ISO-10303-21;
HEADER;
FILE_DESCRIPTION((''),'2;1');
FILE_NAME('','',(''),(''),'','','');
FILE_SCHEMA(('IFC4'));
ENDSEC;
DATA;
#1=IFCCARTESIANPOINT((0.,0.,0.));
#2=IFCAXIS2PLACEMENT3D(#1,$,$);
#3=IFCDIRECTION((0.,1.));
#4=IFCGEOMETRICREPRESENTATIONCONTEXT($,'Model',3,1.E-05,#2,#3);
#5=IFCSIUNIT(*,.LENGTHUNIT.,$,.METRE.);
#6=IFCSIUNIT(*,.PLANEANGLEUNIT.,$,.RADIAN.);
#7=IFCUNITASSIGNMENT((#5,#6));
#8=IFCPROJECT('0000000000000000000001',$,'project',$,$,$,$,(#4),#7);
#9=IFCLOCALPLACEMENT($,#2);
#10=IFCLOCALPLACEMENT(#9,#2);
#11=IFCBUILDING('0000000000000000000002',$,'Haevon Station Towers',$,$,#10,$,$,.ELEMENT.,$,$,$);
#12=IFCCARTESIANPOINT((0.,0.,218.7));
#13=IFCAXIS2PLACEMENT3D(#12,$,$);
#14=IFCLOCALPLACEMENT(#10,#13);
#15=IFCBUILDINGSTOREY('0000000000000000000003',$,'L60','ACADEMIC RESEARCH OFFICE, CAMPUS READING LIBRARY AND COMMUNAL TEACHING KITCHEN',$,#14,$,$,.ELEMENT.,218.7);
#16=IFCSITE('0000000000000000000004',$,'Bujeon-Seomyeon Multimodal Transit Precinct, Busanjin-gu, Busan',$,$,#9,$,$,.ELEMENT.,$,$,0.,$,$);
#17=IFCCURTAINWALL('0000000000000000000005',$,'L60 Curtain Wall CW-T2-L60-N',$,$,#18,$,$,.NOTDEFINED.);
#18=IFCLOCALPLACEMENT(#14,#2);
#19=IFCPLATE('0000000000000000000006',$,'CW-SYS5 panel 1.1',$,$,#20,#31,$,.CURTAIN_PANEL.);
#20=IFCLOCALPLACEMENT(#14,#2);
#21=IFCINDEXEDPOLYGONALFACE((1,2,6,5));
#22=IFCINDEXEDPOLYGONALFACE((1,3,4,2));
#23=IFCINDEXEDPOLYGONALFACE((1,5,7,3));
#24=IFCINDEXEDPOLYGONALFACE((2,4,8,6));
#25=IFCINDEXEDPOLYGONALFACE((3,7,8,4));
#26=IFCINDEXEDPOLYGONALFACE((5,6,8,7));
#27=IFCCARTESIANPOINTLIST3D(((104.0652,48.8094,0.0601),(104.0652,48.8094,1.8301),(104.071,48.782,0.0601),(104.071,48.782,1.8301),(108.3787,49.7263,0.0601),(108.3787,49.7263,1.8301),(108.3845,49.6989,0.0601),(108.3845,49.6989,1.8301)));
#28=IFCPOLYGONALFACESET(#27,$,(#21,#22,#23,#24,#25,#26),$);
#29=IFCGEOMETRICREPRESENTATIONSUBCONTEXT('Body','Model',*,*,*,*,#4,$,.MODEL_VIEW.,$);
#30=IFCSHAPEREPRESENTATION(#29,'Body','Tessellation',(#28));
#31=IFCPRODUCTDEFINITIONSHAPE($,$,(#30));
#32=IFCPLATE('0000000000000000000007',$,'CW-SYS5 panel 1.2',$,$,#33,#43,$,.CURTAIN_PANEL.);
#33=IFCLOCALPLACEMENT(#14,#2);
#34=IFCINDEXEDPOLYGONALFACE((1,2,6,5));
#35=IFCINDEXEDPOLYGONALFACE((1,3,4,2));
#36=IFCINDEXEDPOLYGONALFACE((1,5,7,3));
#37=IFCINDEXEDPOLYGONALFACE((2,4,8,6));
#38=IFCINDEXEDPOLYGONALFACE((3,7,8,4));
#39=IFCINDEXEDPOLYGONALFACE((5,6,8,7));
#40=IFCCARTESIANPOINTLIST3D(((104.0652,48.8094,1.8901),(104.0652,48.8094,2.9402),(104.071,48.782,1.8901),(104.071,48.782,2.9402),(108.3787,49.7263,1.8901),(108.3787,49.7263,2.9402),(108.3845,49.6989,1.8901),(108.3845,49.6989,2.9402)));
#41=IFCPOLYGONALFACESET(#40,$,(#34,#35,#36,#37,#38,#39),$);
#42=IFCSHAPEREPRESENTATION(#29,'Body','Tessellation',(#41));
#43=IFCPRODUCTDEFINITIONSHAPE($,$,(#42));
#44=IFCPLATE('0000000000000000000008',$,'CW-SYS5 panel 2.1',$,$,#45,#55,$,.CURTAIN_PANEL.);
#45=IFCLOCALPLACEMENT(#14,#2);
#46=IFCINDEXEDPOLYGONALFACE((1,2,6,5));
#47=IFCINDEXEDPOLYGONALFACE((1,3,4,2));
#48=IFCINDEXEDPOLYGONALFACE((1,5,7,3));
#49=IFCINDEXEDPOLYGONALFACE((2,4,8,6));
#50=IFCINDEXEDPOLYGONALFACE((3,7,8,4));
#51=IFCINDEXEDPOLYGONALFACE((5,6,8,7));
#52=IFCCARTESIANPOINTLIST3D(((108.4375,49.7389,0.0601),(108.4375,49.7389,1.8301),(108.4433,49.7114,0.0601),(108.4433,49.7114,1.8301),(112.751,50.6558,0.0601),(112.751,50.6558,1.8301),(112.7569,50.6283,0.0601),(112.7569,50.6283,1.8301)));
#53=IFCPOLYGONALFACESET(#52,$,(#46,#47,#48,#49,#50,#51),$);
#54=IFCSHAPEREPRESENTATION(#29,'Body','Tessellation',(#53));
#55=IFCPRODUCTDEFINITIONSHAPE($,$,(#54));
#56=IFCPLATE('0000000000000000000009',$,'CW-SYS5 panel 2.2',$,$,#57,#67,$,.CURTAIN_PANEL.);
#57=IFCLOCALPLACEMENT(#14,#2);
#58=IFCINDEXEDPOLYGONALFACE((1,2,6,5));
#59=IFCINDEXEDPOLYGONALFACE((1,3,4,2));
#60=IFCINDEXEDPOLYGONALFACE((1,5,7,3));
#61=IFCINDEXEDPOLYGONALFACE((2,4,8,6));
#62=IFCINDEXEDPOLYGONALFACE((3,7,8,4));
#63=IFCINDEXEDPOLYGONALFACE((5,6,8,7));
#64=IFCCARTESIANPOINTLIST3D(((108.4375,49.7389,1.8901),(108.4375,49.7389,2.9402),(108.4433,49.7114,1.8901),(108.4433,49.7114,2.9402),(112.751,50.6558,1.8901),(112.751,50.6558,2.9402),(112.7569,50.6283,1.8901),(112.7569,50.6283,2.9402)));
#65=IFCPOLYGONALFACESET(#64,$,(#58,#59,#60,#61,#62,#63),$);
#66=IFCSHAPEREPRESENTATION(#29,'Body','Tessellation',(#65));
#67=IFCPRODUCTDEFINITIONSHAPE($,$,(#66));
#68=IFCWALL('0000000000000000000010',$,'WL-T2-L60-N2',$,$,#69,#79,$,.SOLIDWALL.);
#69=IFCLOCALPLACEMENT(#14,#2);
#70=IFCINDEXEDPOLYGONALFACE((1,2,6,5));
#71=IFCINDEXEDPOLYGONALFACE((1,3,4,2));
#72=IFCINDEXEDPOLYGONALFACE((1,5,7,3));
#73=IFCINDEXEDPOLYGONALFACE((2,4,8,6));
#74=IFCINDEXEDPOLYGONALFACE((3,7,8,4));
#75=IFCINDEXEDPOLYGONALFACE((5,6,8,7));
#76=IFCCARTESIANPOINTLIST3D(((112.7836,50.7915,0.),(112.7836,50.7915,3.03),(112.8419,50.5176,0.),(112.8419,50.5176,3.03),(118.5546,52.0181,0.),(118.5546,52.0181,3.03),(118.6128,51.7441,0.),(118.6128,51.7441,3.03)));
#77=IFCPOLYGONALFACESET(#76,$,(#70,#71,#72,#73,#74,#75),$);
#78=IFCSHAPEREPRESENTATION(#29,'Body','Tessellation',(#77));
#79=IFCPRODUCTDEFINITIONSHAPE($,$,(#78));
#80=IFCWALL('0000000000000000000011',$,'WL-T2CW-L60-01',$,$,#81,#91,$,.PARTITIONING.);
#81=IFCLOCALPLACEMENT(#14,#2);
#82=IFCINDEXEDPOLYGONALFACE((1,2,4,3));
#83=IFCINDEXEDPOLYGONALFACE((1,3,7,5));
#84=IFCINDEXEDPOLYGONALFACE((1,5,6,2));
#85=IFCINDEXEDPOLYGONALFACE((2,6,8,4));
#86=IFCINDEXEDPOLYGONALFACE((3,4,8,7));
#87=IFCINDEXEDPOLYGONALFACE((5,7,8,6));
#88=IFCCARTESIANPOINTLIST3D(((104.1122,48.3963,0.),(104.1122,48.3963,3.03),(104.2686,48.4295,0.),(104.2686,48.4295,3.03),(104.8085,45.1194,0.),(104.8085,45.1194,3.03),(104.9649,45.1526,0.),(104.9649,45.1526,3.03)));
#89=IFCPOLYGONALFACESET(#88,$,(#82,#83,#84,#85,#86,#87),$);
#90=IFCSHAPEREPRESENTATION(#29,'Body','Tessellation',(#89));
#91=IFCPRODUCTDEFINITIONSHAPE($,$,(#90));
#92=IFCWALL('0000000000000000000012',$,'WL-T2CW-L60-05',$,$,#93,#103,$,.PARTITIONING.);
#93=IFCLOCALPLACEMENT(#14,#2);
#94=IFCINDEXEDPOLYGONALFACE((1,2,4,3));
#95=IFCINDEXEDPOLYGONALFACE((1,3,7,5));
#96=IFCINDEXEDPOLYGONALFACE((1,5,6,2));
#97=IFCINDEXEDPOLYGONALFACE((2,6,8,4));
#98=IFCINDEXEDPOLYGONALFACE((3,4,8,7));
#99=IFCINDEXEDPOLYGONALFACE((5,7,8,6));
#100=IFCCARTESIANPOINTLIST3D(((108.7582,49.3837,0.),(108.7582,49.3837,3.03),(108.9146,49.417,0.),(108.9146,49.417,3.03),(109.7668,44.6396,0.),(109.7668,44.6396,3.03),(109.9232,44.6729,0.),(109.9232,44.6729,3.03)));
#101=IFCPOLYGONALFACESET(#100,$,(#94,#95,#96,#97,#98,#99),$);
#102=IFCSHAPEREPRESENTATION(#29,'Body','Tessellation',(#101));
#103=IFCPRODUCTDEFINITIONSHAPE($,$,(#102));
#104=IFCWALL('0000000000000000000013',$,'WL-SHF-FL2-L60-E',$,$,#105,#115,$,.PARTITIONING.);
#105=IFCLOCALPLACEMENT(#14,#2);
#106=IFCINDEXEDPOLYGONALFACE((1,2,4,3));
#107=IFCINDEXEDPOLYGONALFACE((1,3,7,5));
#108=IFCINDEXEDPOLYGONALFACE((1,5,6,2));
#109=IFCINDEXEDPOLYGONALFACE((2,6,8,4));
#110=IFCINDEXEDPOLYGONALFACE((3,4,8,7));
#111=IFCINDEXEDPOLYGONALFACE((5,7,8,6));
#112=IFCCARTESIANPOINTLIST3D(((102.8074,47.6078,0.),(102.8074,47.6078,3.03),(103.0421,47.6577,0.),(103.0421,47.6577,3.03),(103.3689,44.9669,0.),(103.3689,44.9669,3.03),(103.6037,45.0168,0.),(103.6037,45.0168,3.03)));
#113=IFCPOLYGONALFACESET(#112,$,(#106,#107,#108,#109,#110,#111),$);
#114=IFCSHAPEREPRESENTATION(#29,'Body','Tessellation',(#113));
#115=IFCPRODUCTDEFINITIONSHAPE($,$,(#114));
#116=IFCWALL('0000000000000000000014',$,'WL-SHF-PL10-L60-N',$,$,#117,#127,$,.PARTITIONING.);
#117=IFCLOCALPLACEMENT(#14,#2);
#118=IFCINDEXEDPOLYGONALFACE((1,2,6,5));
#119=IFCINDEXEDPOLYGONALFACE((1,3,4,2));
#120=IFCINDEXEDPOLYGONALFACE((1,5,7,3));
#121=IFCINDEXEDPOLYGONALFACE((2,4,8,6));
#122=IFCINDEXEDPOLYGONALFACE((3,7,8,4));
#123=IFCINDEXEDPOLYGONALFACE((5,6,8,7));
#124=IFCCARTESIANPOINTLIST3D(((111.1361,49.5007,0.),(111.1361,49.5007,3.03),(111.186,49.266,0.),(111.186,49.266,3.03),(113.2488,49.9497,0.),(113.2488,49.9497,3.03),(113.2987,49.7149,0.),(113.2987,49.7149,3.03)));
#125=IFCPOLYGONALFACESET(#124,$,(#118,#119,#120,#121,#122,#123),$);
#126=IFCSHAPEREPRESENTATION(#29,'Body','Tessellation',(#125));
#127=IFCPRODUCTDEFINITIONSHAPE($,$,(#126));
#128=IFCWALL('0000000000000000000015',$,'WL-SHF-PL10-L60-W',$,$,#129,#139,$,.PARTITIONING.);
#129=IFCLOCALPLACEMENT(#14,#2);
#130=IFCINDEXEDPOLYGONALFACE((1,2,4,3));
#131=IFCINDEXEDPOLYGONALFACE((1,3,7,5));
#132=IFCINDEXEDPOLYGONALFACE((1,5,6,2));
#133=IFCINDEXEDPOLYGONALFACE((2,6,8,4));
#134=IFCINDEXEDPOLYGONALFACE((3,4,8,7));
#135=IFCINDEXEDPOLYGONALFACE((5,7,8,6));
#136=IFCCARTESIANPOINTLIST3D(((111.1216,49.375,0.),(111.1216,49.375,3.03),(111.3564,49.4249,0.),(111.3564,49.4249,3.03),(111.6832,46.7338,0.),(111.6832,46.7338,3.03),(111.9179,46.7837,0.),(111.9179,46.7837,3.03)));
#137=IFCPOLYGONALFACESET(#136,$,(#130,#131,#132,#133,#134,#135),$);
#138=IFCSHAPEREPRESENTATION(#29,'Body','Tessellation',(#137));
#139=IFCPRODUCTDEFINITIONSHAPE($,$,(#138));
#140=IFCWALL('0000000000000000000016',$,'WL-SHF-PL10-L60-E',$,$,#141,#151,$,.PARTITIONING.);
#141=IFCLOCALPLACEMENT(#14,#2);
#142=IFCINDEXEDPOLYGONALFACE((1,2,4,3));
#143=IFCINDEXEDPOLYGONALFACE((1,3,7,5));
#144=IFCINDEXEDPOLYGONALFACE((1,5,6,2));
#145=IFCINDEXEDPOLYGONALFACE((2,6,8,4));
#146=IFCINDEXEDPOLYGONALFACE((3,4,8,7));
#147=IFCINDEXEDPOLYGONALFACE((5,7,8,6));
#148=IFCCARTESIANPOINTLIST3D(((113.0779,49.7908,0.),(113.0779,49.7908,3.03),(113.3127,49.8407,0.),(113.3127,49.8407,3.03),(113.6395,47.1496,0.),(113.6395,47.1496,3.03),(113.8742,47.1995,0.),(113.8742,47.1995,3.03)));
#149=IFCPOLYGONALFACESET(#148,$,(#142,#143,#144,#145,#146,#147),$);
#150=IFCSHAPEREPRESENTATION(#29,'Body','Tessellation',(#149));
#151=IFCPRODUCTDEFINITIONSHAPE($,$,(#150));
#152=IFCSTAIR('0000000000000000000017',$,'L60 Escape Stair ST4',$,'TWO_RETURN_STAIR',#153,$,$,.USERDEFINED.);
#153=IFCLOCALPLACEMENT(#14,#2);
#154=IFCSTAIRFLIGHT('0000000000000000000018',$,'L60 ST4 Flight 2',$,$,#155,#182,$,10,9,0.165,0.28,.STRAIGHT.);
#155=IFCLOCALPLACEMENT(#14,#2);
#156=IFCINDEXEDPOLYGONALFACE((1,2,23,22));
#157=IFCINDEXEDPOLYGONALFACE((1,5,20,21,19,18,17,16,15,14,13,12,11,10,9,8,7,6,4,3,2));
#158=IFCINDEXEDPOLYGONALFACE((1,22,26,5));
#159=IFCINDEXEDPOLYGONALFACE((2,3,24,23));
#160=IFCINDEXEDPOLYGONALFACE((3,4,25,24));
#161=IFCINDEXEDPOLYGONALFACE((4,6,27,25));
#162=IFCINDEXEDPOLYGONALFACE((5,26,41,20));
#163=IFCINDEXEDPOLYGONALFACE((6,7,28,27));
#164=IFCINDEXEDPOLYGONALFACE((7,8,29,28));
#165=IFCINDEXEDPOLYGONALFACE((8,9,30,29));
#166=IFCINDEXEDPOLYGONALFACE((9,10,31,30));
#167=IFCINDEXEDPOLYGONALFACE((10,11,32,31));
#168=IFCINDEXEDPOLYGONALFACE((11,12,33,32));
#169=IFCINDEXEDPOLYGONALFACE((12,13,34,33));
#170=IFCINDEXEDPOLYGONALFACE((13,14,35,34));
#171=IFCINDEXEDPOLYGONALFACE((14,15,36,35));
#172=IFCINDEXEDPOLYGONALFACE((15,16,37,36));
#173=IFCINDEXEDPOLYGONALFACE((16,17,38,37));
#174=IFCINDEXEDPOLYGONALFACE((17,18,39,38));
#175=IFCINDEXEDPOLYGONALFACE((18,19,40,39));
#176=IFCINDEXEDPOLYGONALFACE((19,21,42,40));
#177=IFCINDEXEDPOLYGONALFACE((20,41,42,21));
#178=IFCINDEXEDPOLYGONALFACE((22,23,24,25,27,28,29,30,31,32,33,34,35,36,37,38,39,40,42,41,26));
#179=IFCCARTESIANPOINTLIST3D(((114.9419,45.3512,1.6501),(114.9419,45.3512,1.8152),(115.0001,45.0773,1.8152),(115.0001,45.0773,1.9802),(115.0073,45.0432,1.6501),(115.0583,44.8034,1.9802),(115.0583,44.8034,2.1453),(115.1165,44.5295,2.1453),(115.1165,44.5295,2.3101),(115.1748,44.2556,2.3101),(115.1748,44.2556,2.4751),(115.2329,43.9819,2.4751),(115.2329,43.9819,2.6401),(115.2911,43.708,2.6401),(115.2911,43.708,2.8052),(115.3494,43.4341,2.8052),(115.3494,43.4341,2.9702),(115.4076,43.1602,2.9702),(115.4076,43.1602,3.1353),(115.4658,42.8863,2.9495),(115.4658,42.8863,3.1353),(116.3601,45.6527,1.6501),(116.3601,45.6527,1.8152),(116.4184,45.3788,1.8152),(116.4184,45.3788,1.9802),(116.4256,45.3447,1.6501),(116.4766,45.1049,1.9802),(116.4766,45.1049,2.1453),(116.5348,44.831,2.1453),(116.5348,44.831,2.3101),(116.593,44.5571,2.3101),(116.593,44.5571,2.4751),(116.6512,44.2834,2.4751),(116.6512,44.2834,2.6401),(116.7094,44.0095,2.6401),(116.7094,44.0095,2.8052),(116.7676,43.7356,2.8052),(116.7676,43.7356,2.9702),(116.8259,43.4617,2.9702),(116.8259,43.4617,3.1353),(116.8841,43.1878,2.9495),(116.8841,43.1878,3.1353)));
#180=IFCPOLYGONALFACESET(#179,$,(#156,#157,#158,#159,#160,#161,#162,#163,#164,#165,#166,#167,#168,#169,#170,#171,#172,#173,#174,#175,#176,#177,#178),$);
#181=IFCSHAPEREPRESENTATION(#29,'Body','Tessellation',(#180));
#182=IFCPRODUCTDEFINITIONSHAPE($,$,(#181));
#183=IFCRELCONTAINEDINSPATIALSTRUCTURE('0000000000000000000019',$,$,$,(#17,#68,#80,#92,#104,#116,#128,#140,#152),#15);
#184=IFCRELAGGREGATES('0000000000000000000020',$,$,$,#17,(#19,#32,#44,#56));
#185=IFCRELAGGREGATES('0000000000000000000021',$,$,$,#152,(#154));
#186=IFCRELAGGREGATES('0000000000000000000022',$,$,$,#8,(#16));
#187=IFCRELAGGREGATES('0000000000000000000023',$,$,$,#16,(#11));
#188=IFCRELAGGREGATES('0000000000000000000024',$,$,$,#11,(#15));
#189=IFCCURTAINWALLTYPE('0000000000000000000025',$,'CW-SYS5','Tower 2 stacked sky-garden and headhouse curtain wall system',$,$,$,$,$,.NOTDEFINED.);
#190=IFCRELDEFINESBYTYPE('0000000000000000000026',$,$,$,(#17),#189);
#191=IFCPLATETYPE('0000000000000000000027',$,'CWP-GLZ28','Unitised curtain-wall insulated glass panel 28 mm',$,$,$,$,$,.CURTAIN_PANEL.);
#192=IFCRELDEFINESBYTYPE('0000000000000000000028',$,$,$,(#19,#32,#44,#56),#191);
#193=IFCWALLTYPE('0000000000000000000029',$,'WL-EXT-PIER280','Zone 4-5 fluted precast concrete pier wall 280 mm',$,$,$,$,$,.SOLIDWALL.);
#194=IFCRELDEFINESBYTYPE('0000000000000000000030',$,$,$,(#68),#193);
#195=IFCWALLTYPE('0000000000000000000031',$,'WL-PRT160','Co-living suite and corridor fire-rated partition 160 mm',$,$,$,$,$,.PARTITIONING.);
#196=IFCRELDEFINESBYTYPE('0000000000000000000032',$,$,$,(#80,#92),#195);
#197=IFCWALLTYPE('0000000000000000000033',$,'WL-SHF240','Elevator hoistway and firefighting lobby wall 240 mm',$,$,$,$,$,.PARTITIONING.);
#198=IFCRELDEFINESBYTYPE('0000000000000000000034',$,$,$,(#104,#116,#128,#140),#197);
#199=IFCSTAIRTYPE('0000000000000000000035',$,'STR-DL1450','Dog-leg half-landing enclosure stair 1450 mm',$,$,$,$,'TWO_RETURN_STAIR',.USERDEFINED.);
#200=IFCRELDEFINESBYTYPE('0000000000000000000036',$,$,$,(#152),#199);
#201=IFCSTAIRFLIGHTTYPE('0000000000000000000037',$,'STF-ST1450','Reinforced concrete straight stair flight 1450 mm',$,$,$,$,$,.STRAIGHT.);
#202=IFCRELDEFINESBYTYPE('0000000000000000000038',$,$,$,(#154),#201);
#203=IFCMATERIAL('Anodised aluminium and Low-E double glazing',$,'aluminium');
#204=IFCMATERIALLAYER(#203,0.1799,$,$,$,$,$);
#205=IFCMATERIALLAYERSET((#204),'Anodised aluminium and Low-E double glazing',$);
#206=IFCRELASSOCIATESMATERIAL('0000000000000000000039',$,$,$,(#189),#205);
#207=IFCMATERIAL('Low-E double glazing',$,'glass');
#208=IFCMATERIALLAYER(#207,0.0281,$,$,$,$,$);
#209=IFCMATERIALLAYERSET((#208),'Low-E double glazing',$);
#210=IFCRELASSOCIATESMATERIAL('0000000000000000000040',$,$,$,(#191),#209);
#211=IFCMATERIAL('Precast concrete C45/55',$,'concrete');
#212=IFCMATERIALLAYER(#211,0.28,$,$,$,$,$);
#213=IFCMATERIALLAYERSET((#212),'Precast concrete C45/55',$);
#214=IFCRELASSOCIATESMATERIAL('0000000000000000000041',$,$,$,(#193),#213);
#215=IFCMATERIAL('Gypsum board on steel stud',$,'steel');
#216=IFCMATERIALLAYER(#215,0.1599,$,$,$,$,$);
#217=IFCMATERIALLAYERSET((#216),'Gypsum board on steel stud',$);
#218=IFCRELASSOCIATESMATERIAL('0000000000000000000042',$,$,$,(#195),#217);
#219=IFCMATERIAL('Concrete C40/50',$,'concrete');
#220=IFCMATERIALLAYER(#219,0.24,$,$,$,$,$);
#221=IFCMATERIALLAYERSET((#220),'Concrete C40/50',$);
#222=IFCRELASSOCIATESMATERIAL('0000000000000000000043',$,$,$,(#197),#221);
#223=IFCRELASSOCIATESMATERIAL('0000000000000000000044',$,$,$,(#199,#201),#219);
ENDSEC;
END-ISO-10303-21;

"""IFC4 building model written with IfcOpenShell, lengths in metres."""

from ifc_helpers import new_model, si_unit, direction, frame, frame_2d, origin, origin_2d, place, context, subcontext, project, spatial, polyline, rectangle, outline, extrude, material, layer, layer_set, type_object, element, aggregate, save


model = new_model("IFC4")

# Units and contexts
model_context = context("Model", 3, precision=1e-05, world=origin(), true_north=direction((0.0, 1.0)))
body_context = subcontext(model_context, "Body", "Model", "MODEL_VIEW")
ifc_project = project(units=[si_unit("LENGTHUNIT", "METRE"), si_unit("PLANEANGLEUNIT", "RADIAN")], contexts=[model_context])

# Site, building, storey
site_placement = place(None, origin())
site = spatial("IfcSite", under=ifc_project, at=site_placement, Name="Bujeon-Seomyeon Multimodal Transit Precinct, Busanjin-gu, Busan", CompositionType="ELEMENT", RefElevation=0.0)
building_placement = place(site_placement, origin())
building = spatial("IfcBuilding", under=site, at=building_placement, Name="Haevon Station Towers", CompositionType="ELEMENT")
storey_placement = place(building_placement, frame((0.0, 0.0, 218.7)))
storey = spatial("IfcBuildingStorey", under=building, at=storey_placement, Name="L60", Description="ACADEMIC RESEARCH OFFICE, CAMPUS READING LIBRARY AND COMMUNAL TEACHING KITCHEN", CompositionType="ELEMENT", Elevation=218.7)

# Curtain wall, plates
ifc_material_1 = material(Name="Anodised aluminium and Low-E double glazing", Category="aluminium")
ifc_layer_1 = layer(ifc_material_1, 0.1799)
ifc_layer_set_1 = layer_set([ifc_layer_1], Name="Anodised aluminium and Low-E double glazing")
curtain_wall_type = type_object("IfcCurtainWallType", Name="CW-SYS5", Description="Tower 2 stacked sky-garden and headhouse curtain wall system", PredefinedType="NOTDEFINED", material=ifc_layer_set_1)
curtain_wall_placement = place(storey_placement, origin())
curtain_wall = element("IfcCurtainWall", 1, at=curtain_wall_placement, inside=storey, type_object=curtain_wall_type, Name="L60 Curtain Wall CW-T2-L60-N", PredefinedType="NOTDEFINED")
ifc_material_2 = material(Name="Low-E double glazing", Category="glass")
ifc_layer_2 = layer(ifc_material_2, 0.0281)
ifc_layer_set_2 = layer_set([ifc_layer_2], Name="Low-E double glazing")
plate_type = type_object("IfcPlateType", Name="CWP-GLZ28", Description="Unitised curtain-wall insulated glass panel 28 mm", PredefinedType="CURTAIN_PANEL", material=ifc_layer_set_2)
plate_1_placement = place(storey_placement, frame((106.2249, 49.2542, 0.0601), z_axis=(0.0, 0.0, 1.0), x_axis=(0.978148, 0.207912, 0.0)))
plate_1 = element("IfcPlate", 2, at=plate_1_placement, type_object=plate_type, Name="CW-SYS5 panel 1.1", PredefinedType="CURTAIN_PANEL", context=body_context, shape_type="SweptSolid", body=[
    extrude(rectangle(XDim=4.4099, YDim=0.0281, at=origin_2d()), origin(), (0.0, 0.0, 1.0), 1.77),
])
plate_2_placement = place(storey_placement, frame((106.2249, 49.2542, 1.8901), z_axis=(0.0, 0.0, 1.0), x_axis=(0.978148, 0.207912, 0.0)))
plate_2 = element("IfcPlate", 3, at=plate_2_placement, type_object=plate_type, Name="CW-SYS5 panel 1.2", PredefinedType="CURTAIN_PANEL", context=body_context, shape_type="SweptSolid", body=[
    extrude(rectangle(XDim=4.4099, YDim=0.0281, at=origin_2d()), origin(), (0.0, 0.0, 1.0), 1.05),
])
plate_3_placement = place(storey_placement, frame((110.5972, 50.1836, 0.0601), z_axis=(0.0, 0.0, 1.0), x_axis=(0.978148, 0.207912, 0.0)))
plate_3 = element("IfcPlate", 4, at=plate_3_placement, type_object=plate_type, Name="CW-SYS5 panel 2.1", PredefinedType="CURTAIN_PANEL", context=body_context, shape_type="SweptSolid", body=[
    extrude(rectangle(XDim=4.4099, YDim=0.0281, at=origin_2d()), origin(), (0.0, 0.0, 1.0), 1.77),
])
plate_4_placement = place(storey_placement, frame((110.5972, 50.1836, 1.8901), z_axis=(0.0, 0.0, 1.0), x_axis=(0.978148, 0.207912, 0.0)))
plate_4 = element("IfcPlate", 5, at=plate_4_placement, type_object=plate_type, Name="CW-SYS5 panel 2.2", PredefinedType="CURTAIN_PANEL", context=body_context, shape_type="SweptSolid", body=[
    extrude(rectangle(XDim=4.4099, YDim=0.0281, at=origin_2d()), origin(), (0.0, 0.0, 1.0), 1.05),
])
aggregate(curtain_wall, [plate_1, plate_2, plate_3, plate_4])

# Walls
ifc_material_3 = material(Name="Precast concrete C45/55", Category="concrete")
ifc_layer_3 = layer(ifc_material_3, 0.28)
ifc_layer_set_3 = layer_set([ifc_layer_3], Name="Precast concrete C45/55")
wall_type_1 = type_object("IfcWallType", Name="WL-EXT-PIER280", Description="Zone 4-5 fluted precast concrete pier wall 280 mm", PredefinedType="SOLIDWALL", material=ifc_layer_set_3)
wall_1_placement = place(storey_placement, frame((112.8127, 50.6545, 0.0), z_axis=(0.0, 0.0, 1.0), x_axis=(0.978151, 0.207895, 0.0)))
element("IfcWall", 6, at=wall_1_placement, inside=storey, type_object=wall_type_1, Name="WL-T2-L60-N2", PredefinedType="SOLIDWALL", context=body_context, shape_type="SweptSolid", body=[
    extrude(rectangle(XDim=5.8999, YDim=0.28, at=frame_2d((2.95, 0.0))), origin(), (0.0, 0.0, 1.0), 3.03),
])
ifc_material_4 = material(Name="Gypsum board on steel stud", Category="steel")
ifc_layer_4 = layer(ifc_material_4, 0.1599)
ifc_layer_set_4 = layer_set([ifc_layer_4], Name="Gypsum board on steel stud")
wall_type_2 = type_object("IfcWallType", Name="WL-PRT160", Description="Co-living suite and corridor fire-rated partition 160 mm", PredefinedType="PARTITIONING", material=ifc_layer_set_4)
wall_2_placement = place(storey_placement, frame((104.8867, 45.136, 0.0), z_axis=(0.0, 0.0, 1.0), x_axis=(-0.207847, 0.978161, 0.0)))
element("IfcWall", 7, at=wall_2_placement, inside=storey, type_object=wall_type_2, Name="WL-T2CW-L60-01", PredefinedType="PARTITIONING", context=body_context, shape_type="SweptSolid", body=[
    extrude(rectangle(XDim=3.3501, YDim=0.1599, at=frame_2d((1.675, 0.0))), origin(), (0.0, 0.0, 1.0), 3.03),
])
wall_3_placement = place(storey_placement, frame((109.845, 44.6562, 0.0), z_axis=(0.0, 0.0, 1.0), x_axis=(-0.207941, 0.978141, 0.0)))
element("IfcWall", 8, at=wall_3_placement, inside=storey, type_object=wall_type_2, Name="WL-T2CW-L60-05", PredefinedType="PARTITIONING", context=body_context, shape_type="SweptSolid", body=[
    extrude(rectangle(XDim=4.8501, YDim=0.1599, at=frame_2d((2.425, 0.0))), origin(), (0.0, 0.0, 1.0), 3.03),
])
ifc_material_5 = material(Name="Concrete C40/50", Category="concrete")
ifc_layer_5 = layer(ifc_material_5, 0.24)
ifc_layer_set_5 = layer_set([ifc_layer_5], Name="Concrete C40/50")
wall_type_3 = type_object("IfcWallType", Name="WL-SHF240", Description="Elevator hoistway and firefighting lobby wall 240 mm", PredefinedType="PARTITIONING", material=ifc_layer_set_5)
wall_4_placement = place(storey_placement, frame((103.4863, 44.9917, 0.0), z_axis=(0.0, 0.0, 1.0), x_axis=(-0.207979, 0.978133, 0.0)))
element("IfcWall", 9, at=wall_4_placement, inside=storey, type_object=wall_type_3, Name="WL-SHF-FL2-L60-E", PredefinedType="PARTITIONING", context=body_context, shape_type="SweptSolid", body=[
    extrude(rectangle(XDim=2.7, YDim=0.24, at=frame_2d((1.3501, 0.0))), origin(), (0.0, 0.0, 1.0), 3.03),
])

# Walls
wall_5_placement = place(storey_placement, frame((111.1609, 49.3833, 0.0), z_axis=(0.0, 0.0, 1.0), x_axis=(0.978158, 0.207861, 0.0)))
element("IfcWall", 10, at=wall_5_placement, inside=storey, type_object=wall_type_3, Name="WL-SHF-PL10-L60-N", PredefinedType="PARTITIONING", context=body_context, shape_type="SweptSolid", body=[
    extrude(rectangle(XDim=2.1599, YDim=0.24, at=frame_2d((1.0801, 0.0))), origin(), (0.0, 0.0, 1.0), 3.03),
])
for number, where, z_axis, x_axis, name in (
    (11, (111.8005, 46.7588, 0.0), (0.0, 0.0, 1.0), (-0.20796, 0.978137, 0.0), "WL-SHF-PL10-L60-W"),
    (12, (113.7568, 47.1746, 0.0), (0.0, 0.0, 1.0), (-0.20796, 0.978137, 0.0), "WL-SHF-PL10-L60-E"),
):
    element("IfcWall", number, at=place(storey_placement, frame(where, z_axis=z_axis, x_axis=x_axis)), inside=storey, type_object=wall_type_3, Name=name, PredefinedType="PARTITIONING", context=body_context, shape_type="SweptSolid", body=[
        extrude(rectangle(XDim=2.7002, YDim=0.24, at=frame_2d((1.3501, 0.0))), origin(), (0.0, 0.0, 1.0), 3.03),
    ])

# Stair, stair flight
stair_type = type_object("IfcStairType", Name="STR-DL1450", Description="Dog-leg half-landing enclosure stair 1450 mm", ElementType="TWO_RETURN_STAIR", PredefinedType="USERDEFINED", material=ifc_material_5)
stair_placement = place(storey_placement, origin())
stair = element("IfcStair", 13, at=stair_placement, inside=storey, type_object=stair_type, Name="L60 Escape Stair ST4", ObjectType="TWO_RETURN_STAIR", PredefinedType="USERDEFINED")
stair_flight_type = type_object("IfcStairFlightType", Name="STF-ST1450", Description="Reinforced concrete straight stair flight 1450 mm", PredefinedType="STRAIGHT", material=ifc_material_5)
stair_flight_placement = place(storey_placement, frame((115.6509, 45.502, 1.6501), z_axis=(0.0, 0.0, 1.0), x_axis=(0.207912, -0.978148, 0.0)))
stair_flight = element("IfcStairFlight", 14, at=stair_flight_placement, type_object=stair_flight_type, Name="L60 ST4 Flight 2", NumberOfRisers=10, NumberOfTreads=9, PredefinedType="STRAIGHT", RiserHeight=0.165, TreadLength=0.28, context=body_context, shape_type="SweptSolid", body=[
    extrude(outline(polyline([(0.0, 0.0), (0.0, 0.165), (0.28, 0.165), (0.28, 0.3301), (0.5601, 0.3301), (0.5601, 0.4951), (0.8401, 0.4951), (0.8401, 0.6599), (1.1201, 0.6599), (1.1201, 0.825), (1.3999, 0.825), (1.3999, 0.99), (1.6799, 0.99), (1.6799, 1.155), (1.96, 1.155), (1.96, 1.3201), (2.24, 1.3201), (2.24, 1.4851), (2.52, 1.4851), (2.52, 1.6499), (2.52, 1.2993), (0.3149, 0.0), (0.0, 0.0)])), frame((0.0, 0.7251, 0.0), z_axis=(0.0, -1.0, 0.0), x_axis=(1.0, 0.0, 0.0)), (0.0, 0.0, 1.0), 1.45),
])
aggregate(stair, [stair_flight])

save(model, "model.ifc")
